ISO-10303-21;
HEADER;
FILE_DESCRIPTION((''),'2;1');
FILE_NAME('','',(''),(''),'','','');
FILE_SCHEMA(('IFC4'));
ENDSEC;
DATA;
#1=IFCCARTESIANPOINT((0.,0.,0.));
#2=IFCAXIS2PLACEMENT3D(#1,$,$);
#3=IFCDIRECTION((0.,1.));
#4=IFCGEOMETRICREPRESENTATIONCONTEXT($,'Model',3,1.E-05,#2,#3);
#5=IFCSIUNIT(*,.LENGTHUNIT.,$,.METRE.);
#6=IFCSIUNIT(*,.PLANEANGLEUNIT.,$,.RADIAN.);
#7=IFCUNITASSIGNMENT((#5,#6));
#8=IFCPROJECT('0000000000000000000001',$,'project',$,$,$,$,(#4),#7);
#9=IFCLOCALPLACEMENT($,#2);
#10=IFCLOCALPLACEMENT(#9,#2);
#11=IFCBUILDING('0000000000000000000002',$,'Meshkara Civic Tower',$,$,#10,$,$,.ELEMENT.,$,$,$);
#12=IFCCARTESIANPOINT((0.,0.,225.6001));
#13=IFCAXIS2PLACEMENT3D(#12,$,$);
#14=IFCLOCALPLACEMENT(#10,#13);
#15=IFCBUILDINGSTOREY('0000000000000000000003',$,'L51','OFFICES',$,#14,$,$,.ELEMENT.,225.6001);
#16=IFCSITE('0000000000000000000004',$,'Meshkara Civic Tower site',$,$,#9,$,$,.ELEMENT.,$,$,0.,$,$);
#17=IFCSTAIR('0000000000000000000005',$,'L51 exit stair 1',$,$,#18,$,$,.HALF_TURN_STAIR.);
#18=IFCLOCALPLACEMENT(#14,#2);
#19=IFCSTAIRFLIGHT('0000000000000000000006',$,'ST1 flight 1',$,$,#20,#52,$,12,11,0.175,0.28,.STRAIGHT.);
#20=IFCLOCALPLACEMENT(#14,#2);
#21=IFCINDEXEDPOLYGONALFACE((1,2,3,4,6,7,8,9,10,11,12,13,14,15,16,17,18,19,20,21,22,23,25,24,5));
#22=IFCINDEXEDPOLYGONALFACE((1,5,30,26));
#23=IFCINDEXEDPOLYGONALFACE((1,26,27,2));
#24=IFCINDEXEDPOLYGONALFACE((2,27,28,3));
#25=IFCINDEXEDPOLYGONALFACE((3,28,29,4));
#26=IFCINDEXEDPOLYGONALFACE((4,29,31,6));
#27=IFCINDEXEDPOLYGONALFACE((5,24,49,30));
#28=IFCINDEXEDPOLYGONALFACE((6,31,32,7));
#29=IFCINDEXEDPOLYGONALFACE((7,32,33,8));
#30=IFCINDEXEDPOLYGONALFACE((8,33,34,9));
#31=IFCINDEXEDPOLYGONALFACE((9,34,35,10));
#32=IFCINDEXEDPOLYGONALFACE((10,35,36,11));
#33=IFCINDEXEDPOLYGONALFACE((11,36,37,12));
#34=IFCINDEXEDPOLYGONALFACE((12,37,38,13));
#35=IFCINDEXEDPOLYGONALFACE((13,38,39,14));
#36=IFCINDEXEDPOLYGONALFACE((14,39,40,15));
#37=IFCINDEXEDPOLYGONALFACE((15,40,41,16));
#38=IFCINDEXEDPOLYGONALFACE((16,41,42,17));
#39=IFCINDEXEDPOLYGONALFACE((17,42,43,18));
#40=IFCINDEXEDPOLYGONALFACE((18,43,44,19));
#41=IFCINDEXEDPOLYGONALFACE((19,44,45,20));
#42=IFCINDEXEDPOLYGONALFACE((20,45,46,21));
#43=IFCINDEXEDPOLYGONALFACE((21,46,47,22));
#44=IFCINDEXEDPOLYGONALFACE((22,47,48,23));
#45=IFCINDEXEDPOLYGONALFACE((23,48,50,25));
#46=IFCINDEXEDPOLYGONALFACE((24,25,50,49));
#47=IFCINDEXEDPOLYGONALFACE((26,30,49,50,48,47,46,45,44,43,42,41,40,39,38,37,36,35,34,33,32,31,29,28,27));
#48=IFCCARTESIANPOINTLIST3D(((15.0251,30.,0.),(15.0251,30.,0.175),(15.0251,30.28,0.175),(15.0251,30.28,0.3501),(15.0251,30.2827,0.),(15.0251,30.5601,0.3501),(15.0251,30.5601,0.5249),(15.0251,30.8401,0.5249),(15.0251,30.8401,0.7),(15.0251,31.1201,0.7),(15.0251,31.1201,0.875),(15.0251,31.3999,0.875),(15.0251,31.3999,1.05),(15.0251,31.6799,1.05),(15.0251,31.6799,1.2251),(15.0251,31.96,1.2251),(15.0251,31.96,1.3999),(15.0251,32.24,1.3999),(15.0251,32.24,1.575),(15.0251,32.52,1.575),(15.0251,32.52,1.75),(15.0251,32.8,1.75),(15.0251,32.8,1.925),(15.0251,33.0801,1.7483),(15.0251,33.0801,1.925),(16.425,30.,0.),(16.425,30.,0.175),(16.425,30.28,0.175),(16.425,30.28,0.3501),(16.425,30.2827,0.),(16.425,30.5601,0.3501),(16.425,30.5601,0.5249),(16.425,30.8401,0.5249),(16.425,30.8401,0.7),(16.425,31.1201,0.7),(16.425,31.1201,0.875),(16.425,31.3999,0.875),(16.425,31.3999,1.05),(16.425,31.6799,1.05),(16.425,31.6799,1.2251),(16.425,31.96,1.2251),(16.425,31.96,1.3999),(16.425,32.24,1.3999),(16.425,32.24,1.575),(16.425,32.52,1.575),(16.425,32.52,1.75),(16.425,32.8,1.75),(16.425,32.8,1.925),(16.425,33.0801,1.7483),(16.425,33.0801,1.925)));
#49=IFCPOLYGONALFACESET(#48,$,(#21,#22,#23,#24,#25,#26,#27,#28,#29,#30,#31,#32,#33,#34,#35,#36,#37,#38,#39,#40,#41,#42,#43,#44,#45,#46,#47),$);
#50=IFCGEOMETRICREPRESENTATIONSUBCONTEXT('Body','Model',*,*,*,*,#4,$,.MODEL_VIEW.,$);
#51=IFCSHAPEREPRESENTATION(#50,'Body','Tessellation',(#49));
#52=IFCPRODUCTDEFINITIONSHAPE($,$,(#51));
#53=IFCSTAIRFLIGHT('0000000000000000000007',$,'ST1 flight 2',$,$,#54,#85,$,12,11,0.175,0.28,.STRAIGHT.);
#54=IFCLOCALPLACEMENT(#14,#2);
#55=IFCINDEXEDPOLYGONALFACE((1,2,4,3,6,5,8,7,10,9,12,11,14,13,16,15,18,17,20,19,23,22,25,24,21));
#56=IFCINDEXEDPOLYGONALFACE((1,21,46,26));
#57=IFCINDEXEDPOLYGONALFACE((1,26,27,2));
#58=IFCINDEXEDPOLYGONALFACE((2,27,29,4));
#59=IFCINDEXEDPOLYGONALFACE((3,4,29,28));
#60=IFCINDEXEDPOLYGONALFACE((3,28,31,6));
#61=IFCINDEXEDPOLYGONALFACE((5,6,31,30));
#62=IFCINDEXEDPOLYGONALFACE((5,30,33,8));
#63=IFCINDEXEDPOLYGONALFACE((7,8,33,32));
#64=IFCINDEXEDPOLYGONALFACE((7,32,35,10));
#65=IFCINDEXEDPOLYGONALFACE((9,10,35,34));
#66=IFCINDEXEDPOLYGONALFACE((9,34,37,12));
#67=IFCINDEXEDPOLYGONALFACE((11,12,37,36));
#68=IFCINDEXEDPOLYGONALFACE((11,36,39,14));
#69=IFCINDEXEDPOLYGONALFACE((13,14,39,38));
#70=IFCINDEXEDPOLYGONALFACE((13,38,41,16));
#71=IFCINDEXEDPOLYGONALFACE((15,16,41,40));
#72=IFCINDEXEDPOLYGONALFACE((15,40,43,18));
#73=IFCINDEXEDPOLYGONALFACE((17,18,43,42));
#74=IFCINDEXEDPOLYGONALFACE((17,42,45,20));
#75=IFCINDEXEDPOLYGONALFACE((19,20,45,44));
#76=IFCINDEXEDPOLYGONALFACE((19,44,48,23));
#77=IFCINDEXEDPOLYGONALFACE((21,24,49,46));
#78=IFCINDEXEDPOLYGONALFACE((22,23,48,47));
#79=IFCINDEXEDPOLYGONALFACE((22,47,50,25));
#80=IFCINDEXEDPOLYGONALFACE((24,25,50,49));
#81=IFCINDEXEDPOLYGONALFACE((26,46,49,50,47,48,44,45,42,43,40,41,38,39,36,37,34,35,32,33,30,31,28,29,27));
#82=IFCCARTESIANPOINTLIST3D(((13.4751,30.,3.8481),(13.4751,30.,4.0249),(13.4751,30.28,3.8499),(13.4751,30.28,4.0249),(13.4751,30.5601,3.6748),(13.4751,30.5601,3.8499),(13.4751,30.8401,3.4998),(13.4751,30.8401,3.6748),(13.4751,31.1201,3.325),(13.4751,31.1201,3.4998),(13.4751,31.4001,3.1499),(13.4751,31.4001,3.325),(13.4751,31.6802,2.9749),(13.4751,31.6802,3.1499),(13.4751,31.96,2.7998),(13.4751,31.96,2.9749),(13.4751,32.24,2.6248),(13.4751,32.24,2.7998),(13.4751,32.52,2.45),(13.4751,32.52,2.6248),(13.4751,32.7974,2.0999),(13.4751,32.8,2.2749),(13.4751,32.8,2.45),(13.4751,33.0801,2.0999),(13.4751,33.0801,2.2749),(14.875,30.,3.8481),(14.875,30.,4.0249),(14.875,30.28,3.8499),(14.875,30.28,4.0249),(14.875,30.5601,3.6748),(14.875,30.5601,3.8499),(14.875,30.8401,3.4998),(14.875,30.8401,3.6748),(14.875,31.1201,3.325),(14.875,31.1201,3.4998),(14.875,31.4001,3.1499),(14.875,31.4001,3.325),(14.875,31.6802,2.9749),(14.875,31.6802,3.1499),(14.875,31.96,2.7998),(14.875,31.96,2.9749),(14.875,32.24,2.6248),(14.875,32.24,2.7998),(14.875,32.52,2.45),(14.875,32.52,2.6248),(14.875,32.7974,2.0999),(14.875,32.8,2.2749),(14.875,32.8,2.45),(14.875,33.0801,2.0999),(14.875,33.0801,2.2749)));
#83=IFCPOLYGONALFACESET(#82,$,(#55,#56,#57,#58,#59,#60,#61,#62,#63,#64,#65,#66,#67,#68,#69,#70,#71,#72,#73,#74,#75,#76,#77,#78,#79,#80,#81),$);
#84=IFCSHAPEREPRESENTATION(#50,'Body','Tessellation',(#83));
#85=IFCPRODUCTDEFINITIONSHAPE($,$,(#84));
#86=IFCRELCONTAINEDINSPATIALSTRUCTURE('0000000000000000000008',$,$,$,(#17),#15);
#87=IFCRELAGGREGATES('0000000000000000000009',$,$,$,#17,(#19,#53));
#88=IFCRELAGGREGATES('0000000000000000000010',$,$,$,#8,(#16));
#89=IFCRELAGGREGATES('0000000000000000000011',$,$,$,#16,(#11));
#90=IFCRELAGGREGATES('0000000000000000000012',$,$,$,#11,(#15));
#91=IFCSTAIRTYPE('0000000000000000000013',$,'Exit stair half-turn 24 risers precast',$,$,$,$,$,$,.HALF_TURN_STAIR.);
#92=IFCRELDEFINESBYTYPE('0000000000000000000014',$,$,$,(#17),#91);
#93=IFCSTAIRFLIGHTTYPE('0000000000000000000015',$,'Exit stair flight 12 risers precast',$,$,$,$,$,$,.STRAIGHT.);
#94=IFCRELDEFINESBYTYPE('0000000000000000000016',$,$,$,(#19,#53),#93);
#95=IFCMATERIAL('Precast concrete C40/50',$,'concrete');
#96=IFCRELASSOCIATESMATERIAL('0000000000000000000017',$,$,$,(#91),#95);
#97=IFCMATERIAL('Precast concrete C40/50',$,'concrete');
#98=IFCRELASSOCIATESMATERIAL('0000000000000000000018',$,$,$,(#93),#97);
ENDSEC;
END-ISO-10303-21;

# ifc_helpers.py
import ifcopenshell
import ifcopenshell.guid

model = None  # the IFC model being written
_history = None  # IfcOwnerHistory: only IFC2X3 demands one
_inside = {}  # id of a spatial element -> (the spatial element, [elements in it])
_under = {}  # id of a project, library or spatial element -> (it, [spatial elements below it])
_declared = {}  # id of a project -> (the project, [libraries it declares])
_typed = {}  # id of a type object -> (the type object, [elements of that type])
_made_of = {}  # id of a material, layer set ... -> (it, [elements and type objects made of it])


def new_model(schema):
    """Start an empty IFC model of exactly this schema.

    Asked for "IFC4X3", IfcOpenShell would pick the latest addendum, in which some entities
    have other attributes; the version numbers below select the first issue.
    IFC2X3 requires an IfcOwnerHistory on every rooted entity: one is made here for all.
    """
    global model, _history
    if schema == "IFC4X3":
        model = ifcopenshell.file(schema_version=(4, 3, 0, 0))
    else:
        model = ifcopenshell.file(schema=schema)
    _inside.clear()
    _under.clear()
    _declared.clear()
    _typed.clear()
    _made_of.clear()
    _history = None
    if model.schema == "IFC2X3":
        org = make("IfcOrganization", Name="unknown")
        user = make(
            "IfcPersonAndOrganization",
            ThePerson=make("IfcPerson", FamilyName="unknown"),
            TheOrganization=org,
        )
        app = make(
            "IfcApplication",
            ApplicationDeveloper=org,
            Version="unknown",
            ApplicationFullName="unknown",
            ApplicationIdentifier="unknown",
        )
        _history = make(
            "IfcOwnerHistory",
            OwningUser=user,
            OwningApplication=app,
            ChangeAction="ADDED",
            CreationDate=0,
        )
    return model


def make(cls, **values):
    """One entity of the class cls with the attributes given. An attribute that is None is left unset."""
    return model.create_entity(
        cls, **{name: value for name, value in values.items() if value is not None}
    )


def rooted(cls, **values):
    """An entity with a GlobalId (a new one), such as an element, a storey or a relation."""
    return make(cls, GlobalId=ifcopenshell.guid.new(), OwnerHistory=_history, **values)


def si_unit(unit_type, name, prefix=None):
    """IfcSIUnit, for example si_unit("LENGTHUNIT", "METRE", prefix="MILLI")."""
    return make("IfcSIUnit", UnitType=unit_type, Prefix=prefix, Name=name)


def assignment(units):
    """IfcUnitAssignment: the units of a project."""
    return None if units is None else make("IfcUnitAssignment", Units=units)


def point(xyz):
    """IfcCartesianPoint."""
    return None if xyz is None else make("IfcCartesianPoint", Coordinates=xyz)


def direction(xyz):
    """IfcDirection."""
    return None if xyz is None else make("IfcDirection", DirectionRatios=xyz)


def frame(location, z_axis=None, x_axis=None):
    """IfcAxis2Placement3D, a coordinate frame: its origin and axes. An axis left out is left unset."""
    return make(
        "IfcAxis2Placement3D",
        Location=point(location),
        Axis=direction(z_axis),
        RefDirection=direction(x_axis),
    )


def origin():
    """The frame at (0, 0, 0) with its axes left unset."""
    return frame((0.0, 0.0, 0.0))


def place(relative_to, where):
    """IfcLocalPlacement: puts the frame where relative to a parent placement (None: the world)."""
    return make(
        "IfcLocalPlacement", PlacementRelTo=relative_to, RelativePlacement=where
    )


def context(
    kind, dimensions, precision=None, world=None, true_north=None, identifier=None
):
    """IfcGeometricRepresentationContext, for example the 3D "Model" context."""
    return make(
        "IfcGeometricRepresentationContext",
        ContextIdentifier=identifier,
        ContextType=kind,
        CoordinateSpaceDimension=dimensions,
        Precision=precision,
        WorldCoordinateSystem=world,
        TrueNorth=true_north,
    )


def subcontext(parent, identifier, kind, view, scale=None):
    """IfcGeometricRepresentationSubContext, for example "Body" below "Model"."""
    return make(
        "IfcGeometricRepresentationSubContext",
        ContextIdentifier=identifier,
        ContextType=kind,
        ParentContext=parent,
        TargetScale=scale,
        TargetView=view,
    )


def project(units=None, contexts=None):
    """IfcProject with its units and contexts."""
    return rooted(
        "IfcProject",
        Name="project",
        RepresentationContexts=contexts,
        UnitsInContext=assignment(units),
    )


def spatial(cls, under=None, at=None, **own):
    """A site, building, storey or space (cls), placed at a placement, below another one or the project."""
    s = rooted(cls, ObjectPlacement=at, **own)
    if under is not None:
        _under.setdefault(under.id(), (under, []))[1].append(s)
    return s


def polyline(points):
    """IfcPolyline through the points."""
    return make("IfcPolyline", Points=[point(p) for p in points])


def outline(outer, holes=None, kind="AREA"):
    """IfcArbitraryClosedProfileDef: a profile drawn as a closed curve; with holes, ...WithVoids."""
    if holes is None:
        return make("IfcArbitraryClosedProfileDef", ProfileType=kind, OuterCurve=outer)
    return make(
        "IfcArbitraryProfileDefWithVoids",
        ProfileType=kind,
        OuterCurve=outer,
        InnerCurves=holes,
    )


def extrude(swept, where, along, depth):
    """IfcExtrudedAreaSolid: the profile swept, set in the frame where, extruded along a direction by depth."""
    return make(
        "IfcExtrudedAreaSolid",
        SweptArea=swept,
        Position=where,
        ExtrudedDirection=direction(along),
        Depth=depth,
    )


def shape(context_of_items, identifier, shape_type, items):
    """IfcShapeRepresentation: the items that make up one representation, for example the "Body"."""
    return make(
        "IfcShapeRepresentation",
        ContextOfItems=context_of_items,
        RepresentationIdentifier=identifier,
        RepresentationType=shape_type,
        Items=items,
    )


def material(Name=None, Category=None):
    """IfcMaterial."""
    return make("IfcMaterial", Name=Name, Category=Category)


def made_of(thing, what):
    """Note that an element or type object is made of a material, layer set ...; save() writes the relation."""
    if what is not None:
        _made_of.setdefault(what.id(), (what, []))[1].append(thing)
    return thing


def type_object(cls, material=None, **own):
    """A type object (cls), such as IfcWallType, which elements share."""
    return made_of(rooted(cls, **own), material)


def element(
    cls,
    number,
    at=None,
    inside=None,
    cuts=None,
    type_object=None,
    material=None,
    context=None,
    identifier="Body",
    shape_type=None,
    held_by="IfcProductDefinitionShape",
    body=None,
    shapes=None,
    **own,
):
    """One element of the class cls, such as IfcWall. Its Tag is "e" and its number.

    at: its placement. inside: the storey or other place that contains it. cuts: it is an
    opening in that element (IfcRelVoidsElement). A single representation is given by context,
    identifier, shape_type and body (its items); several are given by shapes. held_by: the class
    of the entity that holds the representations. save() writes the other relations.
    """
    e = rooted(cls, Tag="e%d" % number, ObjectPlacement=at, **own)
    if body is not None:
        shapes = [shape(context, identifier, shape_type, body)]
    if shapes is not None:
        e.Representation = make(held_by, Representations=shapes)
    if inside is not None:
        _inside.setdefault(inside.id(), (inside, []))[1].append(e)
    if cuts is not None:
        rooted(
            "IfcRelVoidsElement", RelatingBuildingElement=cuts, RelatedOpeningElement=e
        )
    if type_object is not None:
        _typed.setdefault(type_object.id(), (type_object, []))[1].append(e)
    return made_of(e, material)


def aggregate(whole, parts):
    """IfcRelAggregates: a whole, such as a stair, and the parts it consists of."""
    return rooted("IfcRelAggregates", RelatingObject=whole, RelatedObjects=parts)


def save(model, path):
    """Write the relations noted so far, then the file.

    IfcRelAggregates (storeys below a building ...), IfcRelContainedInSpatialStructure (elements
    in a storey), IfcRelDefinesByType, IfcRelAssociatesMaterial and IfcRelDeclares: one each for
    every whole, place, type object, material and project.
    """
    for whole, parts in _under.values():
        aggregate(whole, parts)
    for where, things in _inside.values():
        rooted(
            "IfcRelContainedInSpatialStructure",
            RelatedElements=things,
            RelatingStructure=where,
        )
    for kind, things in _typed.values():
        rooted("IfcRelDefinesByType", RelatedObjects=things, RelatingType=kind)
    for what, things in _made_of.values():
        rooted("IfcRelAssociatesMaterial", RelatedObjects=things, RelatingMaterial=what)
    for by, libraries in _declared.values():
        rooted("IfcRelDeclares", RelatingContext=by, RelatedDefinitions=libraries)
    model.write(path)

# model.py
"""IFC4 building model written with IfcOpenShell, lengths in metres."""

from ifc_helpers import new_model, si_unit, direction, frame, origin, place, context, subcontext, project, spatial, polyline, outline, extrude, material, type_object, element, aggregate, save


model = new_model("IFC4")

# Units and contexts
model_context = context("Model", 3, precision=1e-05, world=origin(), true_north=direction((0.0, 1.0)))
body_context = subcontext(model_context, "Body", "Model", "MODEL_VIEW")
ifc_project = project(units=[si_unit("LENGTHUNIT", "METRE"), si_unit("PLANEANGLEUNIT", "RADIAN")], contexts=[model_context])

# Site, building, storey
site_placement = place(None, origin())
site = spatial("IfcSite", under=ifc_project, at=site_placement, Name="Meshkara Civic Tower site", CompositionType="ELEMENT", RefElevation=0.0)
building_placement = place(site_placement, origin())
building = spatial("IfcBuilding", under=site, at=building_placement, Name="Meshkara Civic Tower", CompositionType="ELEMENT")
storey_placement = place(building_placement, frame((0.0, 0.0, 225.6001)))
storey = spatial("IfcBuildingStorey", under=building, at=storey_placement, Name="L51", Description="OFFICES", CompositionType="ELEMENT", Elevation=225.6001)

# Stair, stair flights
ifc_material_1 = material(Name="Precast concrete C40/50", Category="concrete")
stair_type = type_object("IfcStairType", Name="Exit stair half-turn 24 risers precast", PredefinedType="HALF_TURN_STAIR", material=ifc_material_1)
stair_placement = place(storey_placement, origin())
stair = element("IfcStair", 1, at=stair_placement, inside=storey, type_object=stair_type, Name="L51 exit stair 1", PredefinedType="HALF_TURN_STAIR")
ifc_material_2 = material(Name="Precast concrete C40/50", Category="concrete")
stair_flight_type = type_object("IfcStairFlightType", Name="Exit stair flight 12 risers precast", PredefinedType="STRAIGHT", material=ifc_material_2)
stair_flight_1_placement = place(storey_placement, frame((15.7251, 30.0, 0.0), z_axis=(0.0, 0.0, 1.0), x_axis=(0.0, 1.0, 0.0)))
stair_flight_1 = element("IfcStairFlight", 2, at=stair_flight_1_placement, type_object=stair_flight_type, Name="ST1 flight 1", NumberOfRisers=12, NumberOfTreads=11, PredefinedType="STRAIGHT", RiserHeight=0.175, TreadLength=0.28, context=body_context, shape_type="SweptSolid", body=[
    extrude(outline(polyline([(0.0, 0.0), (0.0, 0.175), (0.28, 0.175), (0.28, 0.3501), (0.5601, 0.3501), (0.5601, 0.5249), (0.8401, 0.5249), (0.8401, 0.7), (1.1201, 0.7), (1.1201, 0.875), (1.3999, 0.875), (1.3999, 1.05), (1.6799, 1.05), (1.6799, 1.2251), (1.96, 1.2251), (1.96, 1.3999), (2.24, 1.3999), (2.24, 1.575), (2.52, 1.575), (2.52, 1.75), (2.8, 1.75), (2.8, 1.925), (3.0801, 1.925), (3.0801, 2.1001), (3.0801, 1.7483), (0.2827, 0.0), (0.0, 0.0)])), frame((0.0, 0.7, 0.0), z_axis=(0.0, -1.0, 0.0), x_axis=(1.0, 0.0, 0.0)), (0.0, 0.0, 1.0), 1.3999),
])
stair_flight_2_placement = place(storey_placement, frame((14.175, 33.0801, 2.0999), z_axis=(0.0, 0.0, 1.0), x_axis=(0.0, -1.0, 0.0)))
stair_flight_2 = element("IfcStairFlight", 3, at=stair_flight_2_placement, type_object=stair_flight_type, Name="ST1 flight 2", NumberOfRisers=12, NumberOfTreads=11, PredefinedType="STRAIGHT", RiserHeight=0.175, TreadLength=0.28, context=body_context, shape_type="SweptSolid", body=[
    extrude(outline(polyline([(0.0, 0.0), (0.0, 0.175), (0.28, 0.175), (0.28, 0.3501), (0.5601, 0.3501), (0.5601, 0.5249), (0.8401, 0.5249), (0.8401, 0.7), (1.1201, 0.7), (1.1201, 0.875), (1.3999, 0.875), (1.3999, 1.05), (1.6799, 1.05), (1.6799, 1.2251), (1.96, 1.2251), (1.96, 1.3999), (2.24, 1.3999), (2.24, 1.575), (2.52, 1.575), (2.52, 1.75), (2.8, 1.75), (2.8, 1.925), (3.0801, 1.925), (3.0801, 2.1001), (3.0801, 1.7483), (0.2827, 0.0), (0.0, 0.0)])), frame((0.0, 0.7, 0.0), z_axis=(0.0, -1.0, 0.0), x_axis=(1.0, 0.0, 0.0)), (0.0, 0.0, 1.0), 1.3999),
])
aggregate(stair, [stair_flight_1, stair_flight_2])

save(model, "model.ifc")
